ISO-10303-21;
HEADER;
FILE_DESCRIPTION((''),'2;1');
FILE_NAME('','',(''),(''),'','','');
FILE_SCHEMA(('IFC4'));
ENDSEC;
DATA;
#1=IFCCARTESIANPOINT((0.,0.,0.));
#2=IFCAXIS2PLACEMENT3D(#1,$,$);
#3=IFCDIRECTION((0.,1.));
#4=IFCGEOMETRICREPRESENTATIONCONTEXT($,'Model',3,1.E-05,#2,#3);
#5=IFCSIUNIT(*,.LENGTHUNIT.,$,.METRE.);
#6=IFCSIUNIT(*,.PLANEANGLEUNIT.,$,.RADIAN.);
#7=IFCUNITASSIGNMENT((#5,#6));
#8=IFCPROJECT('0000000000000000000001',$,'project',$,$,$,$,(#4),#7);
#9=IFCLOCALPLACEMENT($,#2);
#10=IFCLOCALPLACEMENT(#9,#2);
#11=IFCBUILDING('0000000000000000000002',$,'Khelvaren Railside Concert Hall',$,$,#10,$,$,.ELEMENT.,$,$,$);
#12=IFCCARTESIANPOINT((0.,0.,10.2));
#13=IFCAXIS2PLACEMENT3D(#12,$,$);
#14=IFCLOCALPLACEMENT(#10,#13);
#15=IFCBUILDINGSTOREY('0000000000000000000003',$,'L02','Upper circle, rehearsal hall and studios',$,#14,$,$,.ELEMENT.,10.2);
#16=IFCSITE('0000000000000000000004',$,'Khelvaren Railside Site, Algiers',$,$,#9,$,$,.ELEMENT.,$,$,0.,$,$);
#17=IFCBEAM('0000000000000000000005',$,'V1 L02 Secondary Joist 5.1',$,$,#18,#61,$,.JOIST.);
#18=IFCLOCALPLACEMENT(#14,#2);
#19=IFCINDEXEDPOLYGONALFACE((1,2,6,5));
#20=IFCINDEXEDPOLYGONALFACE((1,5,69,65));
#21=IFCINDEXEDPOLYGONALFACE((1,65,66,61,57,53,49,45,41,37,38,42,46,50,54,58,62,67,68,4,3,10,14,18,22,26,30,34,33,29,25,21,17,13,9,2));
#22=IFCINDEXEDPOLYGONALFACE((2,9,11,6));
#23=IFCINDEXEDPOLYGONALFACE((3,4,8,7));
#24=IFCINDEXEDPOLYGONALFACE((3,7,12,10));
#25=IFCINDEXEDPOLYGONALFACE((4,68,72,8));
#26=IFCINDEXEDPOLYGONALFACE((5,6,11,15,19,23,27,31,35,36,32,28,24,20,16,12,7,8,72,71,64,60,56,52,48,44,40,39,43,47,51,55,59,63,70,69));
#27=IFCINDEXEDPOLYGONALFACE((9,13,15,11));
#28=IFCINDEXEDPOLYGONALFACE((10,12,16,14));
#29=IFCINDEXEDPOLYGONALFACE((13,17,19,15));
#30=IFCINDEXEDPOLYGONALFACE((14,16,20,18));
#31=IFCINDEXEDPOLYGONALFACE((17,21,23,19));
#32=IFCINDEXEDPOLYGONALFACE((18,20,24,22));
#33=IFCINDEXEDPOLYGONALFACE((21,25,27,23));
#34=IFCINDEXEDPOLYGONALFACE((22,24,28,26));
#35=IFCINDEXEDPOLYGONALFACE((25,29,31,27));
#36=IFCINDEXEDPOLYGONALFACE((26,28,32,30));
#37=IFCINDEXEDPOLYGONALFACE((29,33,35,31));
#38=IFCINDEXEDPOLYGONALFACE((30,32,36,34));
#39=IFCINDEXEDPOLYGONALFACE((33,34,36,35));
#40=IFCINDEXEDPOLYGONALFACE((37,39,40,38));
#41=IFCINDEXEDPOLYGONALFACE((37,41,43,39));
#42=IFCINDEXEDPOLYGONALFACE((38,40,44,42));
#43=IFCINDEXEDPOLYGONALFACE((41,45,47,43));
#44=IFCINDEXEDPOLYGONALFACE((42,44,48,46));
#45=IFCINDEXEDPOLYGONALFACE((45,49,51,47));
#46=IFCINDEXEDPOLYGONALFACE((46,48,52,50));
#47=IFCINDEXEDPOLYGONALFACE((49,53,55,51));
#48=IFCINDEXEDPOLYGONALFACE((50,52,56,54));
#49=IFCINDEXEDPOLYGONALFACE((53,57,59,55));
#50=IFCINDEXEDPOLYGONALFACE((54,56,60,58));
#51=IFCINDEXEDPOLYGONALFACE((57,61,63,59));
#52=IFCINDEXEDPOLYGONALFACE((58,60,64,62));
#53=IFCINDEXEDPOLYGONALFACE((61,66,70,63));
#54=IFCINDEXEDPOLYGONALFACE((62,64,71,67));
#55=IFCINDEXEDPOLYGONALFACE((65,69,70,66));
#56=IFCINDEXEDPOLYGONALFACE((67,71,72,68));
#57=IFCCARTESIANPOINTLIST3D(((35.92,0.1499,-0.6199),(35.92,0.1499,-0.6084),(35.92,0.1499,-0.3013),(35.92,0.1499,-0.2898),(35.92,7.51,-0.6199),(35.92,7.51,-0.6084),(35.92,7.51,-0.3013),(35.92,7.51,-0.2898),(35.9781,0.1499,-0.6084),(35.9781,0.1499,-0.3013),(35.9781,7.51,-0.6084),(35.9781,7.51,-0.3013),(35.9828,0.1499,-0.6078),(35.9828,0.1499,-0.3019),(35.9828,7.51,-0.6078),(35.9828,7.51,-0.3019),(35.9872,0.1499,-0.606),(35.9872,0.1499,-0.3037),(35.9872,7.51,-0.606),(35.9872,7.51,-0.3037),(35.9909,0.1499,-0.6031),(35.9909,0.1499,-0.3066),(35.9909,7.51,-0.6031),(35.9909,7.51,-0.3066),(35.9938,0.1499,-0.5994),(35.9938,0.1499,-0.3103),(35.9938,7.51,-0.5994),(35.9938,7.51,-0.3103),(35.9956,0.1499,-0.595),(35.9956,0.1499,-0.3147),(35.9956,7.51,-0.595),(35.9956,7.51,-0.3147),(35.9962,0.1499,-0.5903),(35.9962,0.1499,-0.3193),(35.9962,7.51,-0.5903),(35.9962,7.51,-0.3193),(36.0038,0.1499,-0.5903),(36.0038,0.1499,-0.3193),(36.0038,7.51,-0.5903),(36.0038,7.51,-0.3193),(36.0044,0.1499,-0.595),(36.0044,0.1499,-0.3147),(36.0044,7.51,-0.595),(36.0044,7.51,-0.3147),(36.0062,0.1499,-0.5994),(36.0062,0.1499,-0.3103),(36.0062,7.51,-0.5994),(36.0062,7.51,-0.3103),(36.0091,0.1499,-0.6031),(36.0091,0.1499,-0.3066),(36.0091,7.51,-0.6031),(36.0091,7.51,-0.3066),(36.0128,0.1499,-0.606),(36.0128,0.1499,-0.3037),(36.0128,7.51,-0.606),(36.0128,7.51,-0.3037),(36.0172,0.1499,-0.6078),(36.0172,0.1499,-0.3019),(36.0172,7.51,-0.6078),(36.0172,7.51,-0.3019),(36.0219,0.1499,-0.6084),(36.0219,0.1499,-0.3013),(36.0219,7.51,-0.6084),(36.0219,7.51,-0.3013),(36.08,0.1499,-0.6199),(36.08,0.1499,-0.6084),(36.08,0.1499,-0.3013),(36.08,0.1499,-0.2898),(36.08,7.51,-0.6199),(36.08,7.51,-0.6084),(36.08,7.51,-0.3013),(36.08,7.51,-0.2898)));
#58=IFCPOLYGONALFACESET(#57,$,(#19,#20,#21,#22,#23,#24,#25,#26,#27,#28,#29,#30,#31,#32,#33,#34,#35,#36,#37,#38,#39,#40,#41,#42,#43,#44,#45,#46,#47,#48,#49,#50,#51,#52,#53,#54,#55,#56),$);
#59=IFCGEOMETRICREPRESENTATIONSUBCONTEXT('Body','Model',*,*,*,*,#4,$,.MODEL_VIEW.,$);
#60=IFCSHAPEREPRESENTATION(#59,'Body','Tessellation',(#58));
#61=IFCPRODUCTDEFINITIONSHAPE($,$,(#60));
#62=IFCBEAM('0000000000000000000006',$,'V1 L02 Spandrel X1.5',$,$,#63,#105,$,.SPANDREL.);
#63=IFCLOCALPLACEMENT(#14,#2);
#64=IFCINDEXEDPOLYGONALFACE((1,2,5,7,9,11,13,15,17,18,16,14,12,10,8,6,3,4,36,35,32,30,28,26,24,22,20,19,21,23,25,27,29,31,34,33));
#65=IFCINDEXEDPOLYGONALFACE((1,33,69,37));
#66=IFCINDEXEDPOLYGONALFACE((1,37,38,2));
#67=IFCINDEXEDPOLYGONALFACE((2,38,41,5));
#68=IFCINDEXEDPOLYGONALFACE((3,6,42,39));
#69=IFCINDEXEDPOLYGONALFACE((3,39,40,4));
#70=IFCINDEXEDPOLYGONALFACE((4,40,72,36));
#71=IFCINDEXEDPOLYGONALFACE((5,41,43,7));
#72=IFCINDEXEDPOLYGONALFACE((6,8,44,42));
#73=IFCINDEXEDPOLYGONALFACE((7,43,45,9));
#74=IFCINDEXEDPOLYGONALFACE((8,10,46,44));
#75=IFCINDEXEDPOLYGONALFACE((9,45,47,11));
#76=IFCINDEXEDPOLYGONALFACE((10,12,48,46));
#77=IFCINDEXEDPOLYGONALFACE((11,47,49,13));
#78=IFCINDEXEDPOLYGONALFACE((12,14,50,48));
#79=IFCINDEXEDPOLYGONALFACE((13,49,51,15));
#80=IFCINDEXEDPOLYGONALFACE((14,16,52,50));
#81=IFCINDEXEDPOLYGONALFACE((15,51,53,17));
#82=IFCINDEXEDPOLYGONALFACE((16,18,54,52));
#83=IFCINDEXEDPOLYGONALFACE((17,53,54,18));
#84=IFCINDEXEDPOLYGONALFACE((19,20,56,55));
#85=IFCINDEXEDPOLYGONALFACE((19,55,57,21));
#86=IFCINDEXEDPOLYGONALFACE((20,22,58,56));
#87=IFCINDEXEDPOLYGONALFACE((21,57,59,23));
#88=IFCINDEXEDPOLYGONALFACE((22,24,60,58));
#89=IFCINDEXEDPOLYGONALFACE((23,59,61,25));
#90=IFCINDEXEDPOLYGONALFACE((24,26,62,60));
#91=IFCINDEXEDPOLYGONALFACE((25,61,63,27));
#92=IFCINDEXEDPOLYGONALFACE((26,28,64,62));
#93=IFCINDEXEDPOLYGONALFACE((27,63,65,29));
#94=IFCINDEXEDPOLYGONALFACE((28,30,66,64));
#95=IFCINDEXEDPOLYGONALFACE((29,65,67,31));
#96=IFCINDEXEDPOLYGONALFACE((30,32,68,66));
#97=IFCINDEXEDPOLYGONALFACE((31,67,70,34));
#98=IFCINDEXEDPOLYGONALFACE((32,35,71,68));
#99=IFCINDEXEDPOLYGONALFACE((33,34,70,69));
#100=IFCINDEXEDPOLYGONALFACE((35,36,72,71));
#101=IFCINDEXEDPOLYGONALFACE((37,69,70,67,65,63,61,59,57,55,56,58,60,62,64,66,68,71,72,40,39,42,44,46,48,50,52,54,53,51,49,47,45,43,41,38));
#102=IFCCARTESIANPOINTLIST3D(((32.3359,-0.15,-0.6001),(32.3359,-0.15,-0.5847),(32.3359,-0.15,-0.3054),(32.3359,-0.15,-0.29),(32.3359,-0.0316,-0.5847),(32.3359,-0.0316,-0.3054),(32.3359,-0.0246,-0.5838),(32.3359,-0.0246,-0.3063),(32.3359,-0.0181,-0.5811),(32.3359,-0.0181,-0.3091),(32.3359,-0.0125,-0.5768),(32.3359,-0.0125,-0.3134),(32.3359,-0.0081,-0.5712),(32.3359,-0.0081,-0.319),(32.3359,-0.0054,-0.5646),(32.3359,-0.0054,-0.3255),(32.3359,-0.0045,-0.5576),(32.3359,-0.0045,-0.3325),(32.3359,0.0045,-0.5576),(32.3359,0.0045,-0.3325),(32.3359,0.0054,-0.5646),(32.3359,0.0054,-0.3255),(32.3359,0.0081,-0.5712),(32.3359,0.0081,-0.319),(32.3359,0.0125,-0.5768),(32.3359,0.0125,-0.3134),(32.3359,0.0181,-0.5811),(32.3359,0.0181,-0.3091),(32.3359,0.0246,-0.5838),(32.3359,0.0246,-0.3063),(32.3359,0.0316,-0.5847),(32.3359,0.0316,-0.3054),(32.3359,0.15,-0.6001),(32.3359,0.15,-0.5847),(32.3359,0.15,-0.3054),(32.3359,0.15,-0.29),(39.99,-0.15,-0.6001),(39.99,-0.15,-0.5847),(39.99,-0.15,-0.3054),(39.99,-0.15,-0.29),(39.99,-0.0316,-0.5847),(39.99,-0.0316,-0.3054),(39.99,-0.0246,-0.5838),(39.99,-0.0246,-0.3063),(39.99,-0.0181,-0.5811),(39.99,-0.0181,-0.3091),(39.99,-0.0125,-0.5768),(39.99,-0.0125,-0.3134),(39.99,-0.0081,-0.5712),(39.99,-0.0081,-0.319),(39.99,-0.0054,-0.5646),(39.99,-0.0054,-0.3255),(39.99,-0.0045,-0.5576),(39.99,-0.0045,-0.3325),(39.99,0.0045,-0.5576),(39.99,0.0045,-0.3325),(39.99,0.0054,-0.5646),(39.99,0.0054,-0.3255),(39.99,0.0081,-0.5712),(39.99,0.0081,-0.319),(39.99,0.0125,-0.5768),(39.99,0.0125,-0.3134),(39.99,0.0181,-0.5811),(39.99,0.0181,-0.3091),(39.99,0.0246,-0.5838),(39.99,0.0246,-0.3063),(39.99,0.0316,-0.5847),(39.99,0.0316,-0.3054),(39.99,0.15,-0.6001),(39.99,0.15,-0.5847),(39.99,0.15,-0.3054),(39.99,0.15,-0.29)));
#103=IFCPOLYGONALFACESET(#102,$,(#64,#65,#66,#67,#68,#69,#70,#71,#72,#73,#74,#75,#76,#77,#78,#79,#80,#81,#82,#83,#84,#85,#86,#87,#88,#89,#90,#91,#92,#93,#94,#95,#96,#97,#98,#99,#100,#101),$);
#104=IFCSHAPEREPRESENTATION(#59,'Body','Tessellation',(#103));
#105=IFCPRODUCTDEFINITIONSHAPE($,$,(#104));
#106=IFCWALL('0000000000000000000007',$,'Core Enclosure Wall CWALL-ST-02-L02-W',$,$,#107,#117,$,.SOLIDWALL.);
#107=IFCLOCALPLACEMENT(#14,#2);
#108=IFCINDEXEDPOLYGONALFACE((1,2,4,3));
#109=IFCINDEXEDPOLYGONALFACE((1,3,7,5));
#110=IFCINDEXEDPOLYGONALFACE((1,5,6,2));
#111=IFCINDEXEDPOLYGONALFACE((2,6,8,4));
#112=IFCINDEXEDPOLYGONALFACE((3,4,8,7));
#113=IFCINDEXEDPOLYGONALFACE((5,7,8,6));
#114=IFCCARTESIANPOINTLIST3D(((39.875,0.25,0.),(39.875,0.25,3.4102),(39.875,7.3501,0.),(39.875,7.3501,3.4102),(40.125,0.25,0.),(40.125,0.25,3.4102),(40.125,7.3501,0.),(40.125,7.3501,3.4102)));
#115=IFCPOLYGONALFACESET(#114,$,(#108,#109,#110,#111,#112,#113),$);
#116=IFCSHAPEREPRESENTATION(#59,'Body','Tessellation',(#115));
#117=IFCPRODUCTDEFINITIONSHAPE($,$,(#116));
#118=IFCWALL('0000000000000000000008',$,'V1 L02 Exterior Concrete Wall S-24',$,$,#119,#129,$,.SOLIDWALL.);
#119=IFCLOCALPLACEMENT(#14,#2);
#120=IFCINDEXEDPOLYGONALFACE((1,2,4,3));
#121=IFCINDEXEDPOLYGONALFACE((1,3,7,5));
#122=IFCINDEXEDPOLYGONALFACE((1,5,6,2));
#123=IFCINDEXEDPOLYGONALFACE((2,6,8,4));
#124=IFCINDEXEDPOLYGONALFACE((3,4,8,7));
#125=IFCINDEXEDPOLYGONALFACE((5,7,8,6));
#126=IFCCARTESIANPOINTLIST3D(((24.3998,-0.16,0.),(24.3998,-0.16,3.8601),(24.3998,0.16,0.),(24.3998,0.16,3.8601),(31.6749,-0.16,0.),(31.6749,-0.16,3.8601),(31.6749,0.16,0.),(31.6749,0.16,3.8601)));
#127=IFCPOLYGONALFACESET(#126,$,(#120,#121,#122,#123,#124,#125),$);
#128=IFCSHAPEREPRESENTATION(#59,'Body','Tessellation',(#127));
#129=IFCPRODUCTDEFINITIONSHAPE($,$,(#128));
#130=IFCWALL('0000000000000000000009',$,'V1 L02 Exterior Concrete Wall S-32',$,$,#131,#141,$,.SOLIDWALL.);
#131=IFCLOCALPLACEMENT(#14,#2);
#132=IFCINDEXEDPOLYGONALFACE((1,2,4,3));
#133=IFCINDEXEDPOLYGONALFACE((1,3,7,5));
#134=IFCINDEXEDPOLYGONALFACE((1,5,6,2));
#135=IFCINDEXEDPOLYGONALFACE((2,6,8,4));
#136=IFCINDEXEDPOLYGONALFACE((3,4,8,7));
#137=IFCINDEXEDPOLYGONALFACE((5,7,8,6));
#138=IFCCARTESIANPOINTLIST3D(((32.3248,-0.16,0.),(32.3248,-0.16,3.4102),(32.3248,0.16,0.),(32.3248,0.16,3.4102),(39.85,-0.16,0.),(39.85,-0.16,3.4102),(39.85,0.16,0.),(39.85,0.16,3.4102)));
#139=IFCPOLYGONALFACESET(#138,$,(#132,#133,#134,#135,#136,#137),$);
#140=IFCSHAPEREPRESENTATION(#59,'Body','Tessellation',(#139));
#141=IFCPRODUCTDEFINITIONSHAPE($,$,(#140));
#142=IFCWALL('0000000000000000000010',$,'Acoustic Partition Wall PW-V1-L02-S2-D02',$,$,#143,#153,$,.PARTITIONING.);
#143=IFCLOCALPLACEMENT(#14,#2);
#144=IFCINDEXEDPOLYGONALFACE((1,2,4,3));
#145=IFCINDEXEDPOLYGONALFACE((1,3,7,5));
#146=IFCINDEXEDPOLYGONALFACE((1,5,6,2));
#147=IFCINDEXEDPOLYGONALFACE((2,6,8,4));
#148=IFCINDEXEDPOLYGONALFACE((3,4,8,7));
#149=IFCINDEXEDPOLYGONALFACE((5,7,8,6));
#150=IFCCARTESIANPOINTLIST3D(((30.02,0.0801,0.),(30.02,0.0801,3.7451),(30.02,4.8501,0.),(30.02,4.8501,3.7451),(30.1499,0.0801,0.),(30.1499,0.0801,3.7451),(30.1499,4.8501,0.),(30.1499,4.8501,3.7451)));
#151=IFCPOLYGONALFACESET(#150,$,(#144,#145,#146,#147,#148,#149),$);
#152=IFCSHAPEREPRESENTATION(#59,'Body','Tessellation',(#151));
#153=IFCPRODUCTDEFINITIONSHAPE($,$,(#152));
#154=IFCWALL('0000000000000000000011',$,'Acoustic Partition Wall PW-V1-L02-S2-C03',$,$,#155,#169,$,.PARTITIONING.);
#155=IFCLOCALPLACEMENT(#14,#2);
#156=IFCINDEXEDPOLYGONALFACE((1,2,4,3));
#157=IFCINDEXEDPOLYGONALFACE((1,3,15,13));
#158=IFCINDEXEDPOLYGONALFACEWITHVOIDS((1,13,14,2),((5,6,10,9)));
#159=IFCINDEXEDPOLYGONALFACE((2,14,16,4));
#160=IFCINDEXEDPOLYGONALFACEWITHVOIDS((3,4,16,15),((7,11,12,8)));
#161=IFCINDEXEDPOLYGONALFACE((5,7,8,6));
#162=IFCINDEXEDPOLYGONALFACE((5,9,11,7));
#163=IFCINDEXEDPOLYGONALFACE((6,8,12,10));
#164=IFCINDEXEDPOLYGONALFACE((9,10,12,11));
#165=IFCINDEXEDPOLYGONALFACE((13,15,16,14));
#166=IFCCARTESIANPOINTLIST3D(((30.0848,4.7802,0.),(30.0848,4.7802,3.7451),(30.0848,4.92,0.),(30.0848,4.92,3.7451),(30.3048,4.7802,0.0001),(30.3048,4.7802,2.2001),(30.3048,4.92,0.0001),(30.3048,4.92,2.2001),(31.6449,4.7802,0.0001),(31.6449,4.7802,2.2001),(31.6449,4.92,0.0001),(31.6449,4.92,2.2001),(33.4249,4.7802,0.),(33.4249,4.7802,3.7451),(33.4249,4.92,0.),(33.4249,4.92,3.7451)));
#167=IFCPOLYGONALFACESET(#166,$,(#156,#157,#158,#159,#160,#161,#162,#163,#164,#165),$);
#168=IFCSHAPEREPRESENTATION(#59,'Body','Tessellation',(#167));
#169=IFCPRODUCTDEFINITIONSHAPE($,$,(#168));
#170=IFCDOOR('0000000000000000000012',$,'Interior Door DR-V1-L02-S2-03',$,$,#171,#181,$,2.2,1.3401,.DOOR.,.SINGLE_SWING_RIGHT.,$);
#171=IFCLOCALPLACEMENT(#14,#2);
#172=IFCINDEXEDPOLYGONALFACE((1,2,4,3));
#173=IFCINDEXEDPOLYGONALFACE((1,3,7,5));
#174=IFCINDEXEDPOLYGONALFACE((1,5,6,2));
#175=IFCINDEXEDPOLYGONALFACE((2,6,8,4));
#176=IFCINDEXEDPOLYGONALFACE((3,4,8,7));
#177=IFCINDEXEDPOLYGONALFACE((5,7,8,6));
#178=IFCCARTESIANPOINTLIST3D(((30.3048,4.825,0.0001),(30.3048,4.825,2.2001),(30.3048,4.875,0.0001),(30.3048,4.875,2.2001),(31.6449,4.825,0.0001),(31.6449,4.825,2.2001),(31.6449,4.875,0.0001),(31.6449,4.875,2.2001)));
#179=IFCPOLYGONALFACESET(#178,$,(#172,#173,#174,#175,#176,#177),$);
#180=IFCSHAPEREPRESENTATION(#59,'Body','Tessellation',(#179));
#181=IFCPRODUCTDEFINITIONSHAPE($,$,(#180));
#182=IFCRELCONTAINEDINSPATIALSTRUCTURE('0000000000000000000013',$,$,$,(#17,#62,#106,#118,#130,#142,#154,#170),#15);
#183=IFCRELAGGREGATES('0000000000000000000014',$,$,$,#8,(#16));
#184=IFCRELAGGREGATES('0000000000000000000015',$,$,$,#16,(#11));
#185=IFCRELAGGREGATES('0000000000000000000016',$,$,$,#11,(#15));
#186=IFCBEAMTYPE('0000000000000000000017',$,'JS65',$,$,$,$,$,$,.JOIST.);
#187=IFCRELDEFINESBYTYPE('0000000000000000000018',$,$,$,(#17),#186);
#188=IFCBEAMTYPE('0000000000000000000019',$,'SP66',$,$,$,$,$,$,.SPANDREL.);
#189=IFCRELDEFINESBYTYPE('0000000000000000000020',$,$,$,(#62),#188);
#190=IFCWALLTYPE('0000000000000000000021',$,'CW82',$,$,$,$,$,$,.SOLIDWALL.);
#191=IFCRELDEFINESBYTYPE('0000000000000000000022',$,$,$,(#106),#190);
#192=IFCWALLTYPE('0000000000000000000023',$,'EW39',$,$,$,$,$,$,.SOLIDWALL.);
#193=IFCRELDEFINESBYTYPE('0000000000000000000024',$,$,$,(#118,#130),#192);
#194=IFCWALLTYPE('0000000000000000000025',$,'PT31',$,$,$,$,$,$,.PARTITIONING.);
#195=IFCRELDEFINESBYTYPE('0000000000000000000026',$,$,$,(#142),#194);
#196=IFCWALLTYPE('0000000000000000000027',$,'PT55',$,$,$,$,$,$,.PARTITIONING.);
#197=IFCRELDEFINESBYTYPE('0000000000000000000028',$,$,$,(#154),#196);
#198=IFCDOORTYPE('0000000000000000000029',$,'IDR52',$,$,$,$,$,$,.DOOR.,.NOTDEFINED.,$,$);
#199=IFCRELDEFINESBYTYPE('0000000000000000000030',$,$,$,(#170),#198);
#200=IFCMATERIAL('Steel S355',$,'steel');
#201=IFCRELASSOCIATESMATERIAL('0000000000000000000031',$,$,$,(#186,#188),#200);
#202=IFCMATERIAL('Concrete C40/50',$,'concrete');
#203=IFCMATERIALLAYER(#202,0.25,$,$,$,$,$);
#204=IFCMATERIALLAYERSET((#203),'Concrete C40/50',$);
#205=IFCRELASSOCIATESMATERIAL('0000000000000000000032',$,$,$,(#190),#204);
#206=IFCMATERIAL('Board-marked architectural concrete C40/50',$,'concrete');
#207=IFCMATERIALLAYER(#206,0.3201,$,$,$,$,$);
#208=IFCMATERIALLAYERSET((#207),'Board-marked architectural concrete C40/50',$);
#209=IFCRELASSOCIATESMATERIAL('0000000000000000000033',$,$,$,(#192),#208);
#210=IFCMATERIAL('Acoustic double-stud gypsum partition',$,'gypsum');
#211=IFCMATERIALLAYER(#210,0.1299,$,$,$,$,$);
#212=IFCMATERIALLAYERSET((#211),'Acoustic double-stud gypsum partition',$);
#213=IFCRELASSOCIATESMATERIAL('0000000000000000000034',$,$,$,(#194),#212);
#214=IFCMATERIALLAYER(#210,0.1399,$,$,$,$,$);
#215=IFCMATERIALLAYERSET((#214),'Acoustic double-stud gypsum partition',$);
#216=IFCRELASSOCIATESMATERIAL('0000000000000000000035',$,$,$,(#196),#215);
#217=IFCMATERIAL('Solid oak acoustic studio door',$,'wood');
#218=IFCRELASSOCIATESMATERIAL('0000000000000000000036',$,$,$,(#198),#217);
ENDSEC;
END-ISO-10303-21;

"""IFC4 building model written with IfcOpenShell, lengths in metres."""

from ifc_helpers import new_model, si_unit, direction, frame, frame_2d, origin, origin_2d, place, context, subcontext, project, spatial, rectangle, i_section, extrude, material, layer, layer_set, material_profile, profile_set, type_object, element, fill, save


model = new_model("IFC4")

# Units and contexts
model_context = context("Model", 3, precision=1e-05, world=origin(), true_north=direction((0.0, 1.0)))
body_context = subcontext(model_context, "Body", "Model", "MODEL_VIEW")
ifc_project = project(units=[si_unit("LENGTHUNIT", "METRE"), si_unit("PLANEANGLEUNIT", "RADIAN")], contexts=[model_context])

# Site, building, storey
site_placement = place(None, origin())
site = spatial("IfcSite", under=ifc_project, at=site_placement, Name="Khelvaren Railside Site, Algiers", CompositionType="ELEMENT", RefElevation=0.0)
building_placement = place(site_placement, origin())
building = spatial("IfcBuilding", under=site, at=building_placement, Name="Khelvaren Railside Concert Hall", CompositionType="ELEMENT")
storey_placement = place(building_placement, frame((0.0, 0.0, 10.2)))
storey = spatial("IfcBuildingStorey", under=building, at=storey_placement, Name="L02", Description="Upper circle, rehearsal hall and studios", CompositionType="ELEMENT", Elevation=10.2)

# Shared definitions
ifc_material_1 = material(Name="Steel S355", Category="steel")

# Beams
ifc_material_2 = material(Name="Concrete C40/50", Category="concrete")
ifc_material_profile_1 = material_profile(ifc_material_1, i_section(OverallWidth=0.1599, OverallDepth=0.3301, WebThickness=0.0076, FlangeThickness=0.0115, FilletRadius=0.0181, at=origin_2d()), Name="IPE 330")
ifc_profile_set_1 = profile_set([ifc_material_profile_1], Name="Steel S355")
beam_type_1 = type_object("IfcBeamType", Name="JS65", PredefinedType="JOIST", material=ifc_profile_set_1)
beam_1_placement = place(storey_placement, frame((36.0, 0.1499, -0.4548), z_axis=(0.0, 1.0, 0.0), x_axis=(-1.0, 0.0, 0.0)))
element("IfcBeam", 1, at=beam_1_placement, inside=storey, type_object=beam_type_1, Name="V1 L02 Secondary Joist 5.1", PredefinedType="JOIST", context=body_context, shape_type="SweptSolid", body=[
    extrude(i_section(OverallWidth=0.1599, OverallDepth=0.3301, WebThickness=0.0076, FlangeThickness=0.0115, FilletRadius=0.0181, at=origin_2d()), origin(), (0.0, 0.0, 1.0), 7.3601),
])
ifc_material_profile_2 = material_profile(ifc_material_1, i_section(OverallWidth=0.3, OverallDepth=0.3101, WebThickness=0.009, FlangeThickness=0.0154, FilletRadius=0.0271, at=origin_2d()), Name="HEA 320")
ifc_profile_set_2 = profile_set([ifc_material_profile_2], Name="Steel S355")
beam_type_2 = type_object("IfcBeamType", Name="SP66", PredefinedType="SPANDREL", material=ifc_profile_set_2)
beam_2_placement = place(storey_placement, frame((32.3359, 0.0, -0.4451), z_axis=(1.0, 0.0, 0.0), x_axis=(0.0, 1.0, 0.0)))
element("IfcBeam", 2, at=beam_2_placement, inside=storey, type_object=beam_type_2, Name="V1 L02 Spandrel X1.5", PredefinedType="SPANDREL", context=body_context, shape_type="SweptSolid", body=[
    extrude(i_section(OverallWidth=0.3, OverallDepth=0.3101, WebThickness=0.009, FlangeThickness=0.0154, FilletRadius=0.0271, at=origin_2d()), origin(), (0.0, 0.0, 1.0), 7.6541),
])

# Walls
ifc_layer_1 = layer(ifc_material_2, 0.25)
ifc_layer_set_1 = layer_set([ifc_layer_1], Name="Concrete C40/50")
wall_type_1 = type_object("IfcWallType", Name="CW82", PredefinedType="SOLIDWALL", material=ifc_layer_set_1)
wall_1_placement = place(storey_placement, frame((40.0, 0.25, 0.0), z_axis=(0.0, 0.0, 1.0), x_axis=(0.0, 1.0, 0.0)))
element("IfcWall", 3, at=wall_1_placement, inside=storey, type_object=wall_type_1, Name="Core Enclosure Wall CWALL-ST-02-L02-W", PredefinedType="SOLIDWALL", context=body_context, shape_type="SweptSolid", body=[
    extrude(rectangle(XDim=7.1001, YDim=0.25, at=frame_2d((3.55, 0.0))), origin(), (0.0, 0.0, 1.0), 3.4102),
])
ifc_material_3 = material(Name="Board-marked architectural concrete C40/50", Category="concrete")
ifc_layer_2 = layer(ifc_material_3, 0.3201)
ifc_layer_set_2 = layer_set([ifc_layer_2], Name="Board-marked architectural concrete C40/50")
wall_type_2 = type_object("IfcWallType", Name="EW39", PredefinedType="SOLIDWALL", material=ifc_layer_set_2)
wall_2_placement = place(storey_placement, frame((31.675, 0.0, 0.0), z_axis=(0.0, 0.0, 1.0), x_axis=(-1.0, 0.0, 0.0)))
element("IfcWall", 4, at=wall_2_placement, inside=storey, type_object=wall_type_2, Name="V1 L02 Exterior Concrete Wall S-24", PredefinedType="SOLIDWALL", context=body_context, shape_type="SweptSolid", body=[
    extrude(rectangle(XDim=7.2751, YDim=0.3201, at=frame_2d((3.6377, 0.0))), origin(), (0.0, 0.0, 1.0), 3.8601),
])
wall_3_placement = place(storey_placement, frame((39.8501, 0.0, 0.0), z_axis=(0.0, 0.0, 1.0), x_axis=(-1.0, 0.0, 0.0)))
element("IfcWall", 5, at=wall_3_placement, inside=storey, type_object=wall_type_2, Name="V1 L02 Exterior Concrete Wall S-32", PredefinedType="SOLIDWALL", context=body_context, shape_type="SweptSolid", body=[
    extrude(rectangle(XDim=7.5251, YDim=0.3201, at=frame_2d((3.7627, 0.0))), origin(), (0.0, 0.0, 1.0), 3.4102),
])
ifc_material_4 = material(Name="Acoustic double-stud gypsum partition", Category="gypsum")
ifc_layer_3 = layer(ifc_material_4, 0.1299)
ifc_layer_set_3 = layer_set([ifc_layer_3], Name="Acoustic double-stud gypsum partition")
wall_type_3 = type_object("IfcWallType", Name="PT31", PredefinedType="PARTITIONING", material=ifc_layer_set_3)
wall_4_placement = place(storey_placement, frame((30.085, 0.0801, 0.0), z_axis=(0.0, 0.0, 1.0), x_axis=(0.0, 1.0, 0.0)))
element("IfcWall", 6, at=wall_4_placement, inside=storey, type_object=wall_type_3, Name="Acoustic Partition Wall PW-V1-L02-S2-D02", PredefinedType="PARTITIONING", context=body_context, shape_type="SweptSolid", body=[
    extrude(rectangle(XDim=4.77, YDim=0.1299, at=frame_2d((2.385, 0.0))), origin(), (0.0, 0.0, 1.0), 3.7451),
])

# Wall, opening, door
ifc_layer_4 = layer(ifc_material_4, 0.1399)
ifc_layer_set_4 = layer_set([ifc_layer_4], Name="Acoustic double-stud gypsum partition")
wall_type_4 = type_object("IfcWallType", Name="PT55", PredefinedType="PARTITIONING", material=ifc_layer_set_4)
wall_5_placement = place(storey_placement, frame((30.085, 4.8501, 0.0), z_axis=(0.0, 0.0, 1.0), x_axis=(1.0, 0.0, 0.0)))
wall_5 = element("IfcWall", 7, at=wall_5_placement, inside=storey, type_object=wall_type_4, Name="Acoustic Partition Wall PW-V1-L02-S2-C03", PredefinedType="PARTITIONING", context=body_context, shape_type="SweptSolid", body=[
    extrude(rectangle(XDim=3.3401, YDim=0.1399, at=frame_2d((1.6699, 0.0))), origin(), (0.0, 0.0, 1.0), 3.7451),
])
opening_1_placement = place(wall_5_placement, frame((0.22, 0.0, 0.0)))
opening_1 = element("IfcOpeningElement", 8, at=opening_1_placement, cuts=wall_5, PredefinedType="OPENING", context=body_context, shape_type="SweptSolid", body=[
    extrude(rectangle(XDim=1.3401, YDim=2.2, at=frame_2d((0.6699, 1.1001))), frame((0.0, 0.0798, 0.0), z_axis=(0.0, -1.0, 0.0), x_axis=(1.0, 0.0, 0.0)), (0.0, 0.0, 1.0), 0.1599),
])
ifc_material_5 = material(Name="Solid oak acoustic studio door", Category="wood")
door_type_1 = type_object("IfcDoorType", Name="IDR52", OperationType="NOTDEFINED", PredefinedType="DOOR", material=ifc_material_5)
door_1_placement = place(opening_1_placement, origin())
door_1 = element("IfcDoor", 9, at=door_1_placement, inside=storey, type_object=door_type_1, Name="Interior Door DR-V1-L02-S2-03", OperationType="SINGLE_SWING_RIGHT", OverallHeight=2.2, OverallWidth=1.3401, PredefinedType="DOOR", context=body_context, shape_type="SweptSolid", body=[
    extrude(rectangle(XDim=1.3401, YDim=2.2, at=frame_2d((0.6699, 1.1001))), frame((0.0, 0.0249, 0.0), z_axis=(0.0, -1.0, 0.0), x_axis=(1.0, 0.0, 0.0)), (0.0, 0.0, 1.0), 0.05),
])
fill(opening_1, door_1)

save(model, "model.ifc")
